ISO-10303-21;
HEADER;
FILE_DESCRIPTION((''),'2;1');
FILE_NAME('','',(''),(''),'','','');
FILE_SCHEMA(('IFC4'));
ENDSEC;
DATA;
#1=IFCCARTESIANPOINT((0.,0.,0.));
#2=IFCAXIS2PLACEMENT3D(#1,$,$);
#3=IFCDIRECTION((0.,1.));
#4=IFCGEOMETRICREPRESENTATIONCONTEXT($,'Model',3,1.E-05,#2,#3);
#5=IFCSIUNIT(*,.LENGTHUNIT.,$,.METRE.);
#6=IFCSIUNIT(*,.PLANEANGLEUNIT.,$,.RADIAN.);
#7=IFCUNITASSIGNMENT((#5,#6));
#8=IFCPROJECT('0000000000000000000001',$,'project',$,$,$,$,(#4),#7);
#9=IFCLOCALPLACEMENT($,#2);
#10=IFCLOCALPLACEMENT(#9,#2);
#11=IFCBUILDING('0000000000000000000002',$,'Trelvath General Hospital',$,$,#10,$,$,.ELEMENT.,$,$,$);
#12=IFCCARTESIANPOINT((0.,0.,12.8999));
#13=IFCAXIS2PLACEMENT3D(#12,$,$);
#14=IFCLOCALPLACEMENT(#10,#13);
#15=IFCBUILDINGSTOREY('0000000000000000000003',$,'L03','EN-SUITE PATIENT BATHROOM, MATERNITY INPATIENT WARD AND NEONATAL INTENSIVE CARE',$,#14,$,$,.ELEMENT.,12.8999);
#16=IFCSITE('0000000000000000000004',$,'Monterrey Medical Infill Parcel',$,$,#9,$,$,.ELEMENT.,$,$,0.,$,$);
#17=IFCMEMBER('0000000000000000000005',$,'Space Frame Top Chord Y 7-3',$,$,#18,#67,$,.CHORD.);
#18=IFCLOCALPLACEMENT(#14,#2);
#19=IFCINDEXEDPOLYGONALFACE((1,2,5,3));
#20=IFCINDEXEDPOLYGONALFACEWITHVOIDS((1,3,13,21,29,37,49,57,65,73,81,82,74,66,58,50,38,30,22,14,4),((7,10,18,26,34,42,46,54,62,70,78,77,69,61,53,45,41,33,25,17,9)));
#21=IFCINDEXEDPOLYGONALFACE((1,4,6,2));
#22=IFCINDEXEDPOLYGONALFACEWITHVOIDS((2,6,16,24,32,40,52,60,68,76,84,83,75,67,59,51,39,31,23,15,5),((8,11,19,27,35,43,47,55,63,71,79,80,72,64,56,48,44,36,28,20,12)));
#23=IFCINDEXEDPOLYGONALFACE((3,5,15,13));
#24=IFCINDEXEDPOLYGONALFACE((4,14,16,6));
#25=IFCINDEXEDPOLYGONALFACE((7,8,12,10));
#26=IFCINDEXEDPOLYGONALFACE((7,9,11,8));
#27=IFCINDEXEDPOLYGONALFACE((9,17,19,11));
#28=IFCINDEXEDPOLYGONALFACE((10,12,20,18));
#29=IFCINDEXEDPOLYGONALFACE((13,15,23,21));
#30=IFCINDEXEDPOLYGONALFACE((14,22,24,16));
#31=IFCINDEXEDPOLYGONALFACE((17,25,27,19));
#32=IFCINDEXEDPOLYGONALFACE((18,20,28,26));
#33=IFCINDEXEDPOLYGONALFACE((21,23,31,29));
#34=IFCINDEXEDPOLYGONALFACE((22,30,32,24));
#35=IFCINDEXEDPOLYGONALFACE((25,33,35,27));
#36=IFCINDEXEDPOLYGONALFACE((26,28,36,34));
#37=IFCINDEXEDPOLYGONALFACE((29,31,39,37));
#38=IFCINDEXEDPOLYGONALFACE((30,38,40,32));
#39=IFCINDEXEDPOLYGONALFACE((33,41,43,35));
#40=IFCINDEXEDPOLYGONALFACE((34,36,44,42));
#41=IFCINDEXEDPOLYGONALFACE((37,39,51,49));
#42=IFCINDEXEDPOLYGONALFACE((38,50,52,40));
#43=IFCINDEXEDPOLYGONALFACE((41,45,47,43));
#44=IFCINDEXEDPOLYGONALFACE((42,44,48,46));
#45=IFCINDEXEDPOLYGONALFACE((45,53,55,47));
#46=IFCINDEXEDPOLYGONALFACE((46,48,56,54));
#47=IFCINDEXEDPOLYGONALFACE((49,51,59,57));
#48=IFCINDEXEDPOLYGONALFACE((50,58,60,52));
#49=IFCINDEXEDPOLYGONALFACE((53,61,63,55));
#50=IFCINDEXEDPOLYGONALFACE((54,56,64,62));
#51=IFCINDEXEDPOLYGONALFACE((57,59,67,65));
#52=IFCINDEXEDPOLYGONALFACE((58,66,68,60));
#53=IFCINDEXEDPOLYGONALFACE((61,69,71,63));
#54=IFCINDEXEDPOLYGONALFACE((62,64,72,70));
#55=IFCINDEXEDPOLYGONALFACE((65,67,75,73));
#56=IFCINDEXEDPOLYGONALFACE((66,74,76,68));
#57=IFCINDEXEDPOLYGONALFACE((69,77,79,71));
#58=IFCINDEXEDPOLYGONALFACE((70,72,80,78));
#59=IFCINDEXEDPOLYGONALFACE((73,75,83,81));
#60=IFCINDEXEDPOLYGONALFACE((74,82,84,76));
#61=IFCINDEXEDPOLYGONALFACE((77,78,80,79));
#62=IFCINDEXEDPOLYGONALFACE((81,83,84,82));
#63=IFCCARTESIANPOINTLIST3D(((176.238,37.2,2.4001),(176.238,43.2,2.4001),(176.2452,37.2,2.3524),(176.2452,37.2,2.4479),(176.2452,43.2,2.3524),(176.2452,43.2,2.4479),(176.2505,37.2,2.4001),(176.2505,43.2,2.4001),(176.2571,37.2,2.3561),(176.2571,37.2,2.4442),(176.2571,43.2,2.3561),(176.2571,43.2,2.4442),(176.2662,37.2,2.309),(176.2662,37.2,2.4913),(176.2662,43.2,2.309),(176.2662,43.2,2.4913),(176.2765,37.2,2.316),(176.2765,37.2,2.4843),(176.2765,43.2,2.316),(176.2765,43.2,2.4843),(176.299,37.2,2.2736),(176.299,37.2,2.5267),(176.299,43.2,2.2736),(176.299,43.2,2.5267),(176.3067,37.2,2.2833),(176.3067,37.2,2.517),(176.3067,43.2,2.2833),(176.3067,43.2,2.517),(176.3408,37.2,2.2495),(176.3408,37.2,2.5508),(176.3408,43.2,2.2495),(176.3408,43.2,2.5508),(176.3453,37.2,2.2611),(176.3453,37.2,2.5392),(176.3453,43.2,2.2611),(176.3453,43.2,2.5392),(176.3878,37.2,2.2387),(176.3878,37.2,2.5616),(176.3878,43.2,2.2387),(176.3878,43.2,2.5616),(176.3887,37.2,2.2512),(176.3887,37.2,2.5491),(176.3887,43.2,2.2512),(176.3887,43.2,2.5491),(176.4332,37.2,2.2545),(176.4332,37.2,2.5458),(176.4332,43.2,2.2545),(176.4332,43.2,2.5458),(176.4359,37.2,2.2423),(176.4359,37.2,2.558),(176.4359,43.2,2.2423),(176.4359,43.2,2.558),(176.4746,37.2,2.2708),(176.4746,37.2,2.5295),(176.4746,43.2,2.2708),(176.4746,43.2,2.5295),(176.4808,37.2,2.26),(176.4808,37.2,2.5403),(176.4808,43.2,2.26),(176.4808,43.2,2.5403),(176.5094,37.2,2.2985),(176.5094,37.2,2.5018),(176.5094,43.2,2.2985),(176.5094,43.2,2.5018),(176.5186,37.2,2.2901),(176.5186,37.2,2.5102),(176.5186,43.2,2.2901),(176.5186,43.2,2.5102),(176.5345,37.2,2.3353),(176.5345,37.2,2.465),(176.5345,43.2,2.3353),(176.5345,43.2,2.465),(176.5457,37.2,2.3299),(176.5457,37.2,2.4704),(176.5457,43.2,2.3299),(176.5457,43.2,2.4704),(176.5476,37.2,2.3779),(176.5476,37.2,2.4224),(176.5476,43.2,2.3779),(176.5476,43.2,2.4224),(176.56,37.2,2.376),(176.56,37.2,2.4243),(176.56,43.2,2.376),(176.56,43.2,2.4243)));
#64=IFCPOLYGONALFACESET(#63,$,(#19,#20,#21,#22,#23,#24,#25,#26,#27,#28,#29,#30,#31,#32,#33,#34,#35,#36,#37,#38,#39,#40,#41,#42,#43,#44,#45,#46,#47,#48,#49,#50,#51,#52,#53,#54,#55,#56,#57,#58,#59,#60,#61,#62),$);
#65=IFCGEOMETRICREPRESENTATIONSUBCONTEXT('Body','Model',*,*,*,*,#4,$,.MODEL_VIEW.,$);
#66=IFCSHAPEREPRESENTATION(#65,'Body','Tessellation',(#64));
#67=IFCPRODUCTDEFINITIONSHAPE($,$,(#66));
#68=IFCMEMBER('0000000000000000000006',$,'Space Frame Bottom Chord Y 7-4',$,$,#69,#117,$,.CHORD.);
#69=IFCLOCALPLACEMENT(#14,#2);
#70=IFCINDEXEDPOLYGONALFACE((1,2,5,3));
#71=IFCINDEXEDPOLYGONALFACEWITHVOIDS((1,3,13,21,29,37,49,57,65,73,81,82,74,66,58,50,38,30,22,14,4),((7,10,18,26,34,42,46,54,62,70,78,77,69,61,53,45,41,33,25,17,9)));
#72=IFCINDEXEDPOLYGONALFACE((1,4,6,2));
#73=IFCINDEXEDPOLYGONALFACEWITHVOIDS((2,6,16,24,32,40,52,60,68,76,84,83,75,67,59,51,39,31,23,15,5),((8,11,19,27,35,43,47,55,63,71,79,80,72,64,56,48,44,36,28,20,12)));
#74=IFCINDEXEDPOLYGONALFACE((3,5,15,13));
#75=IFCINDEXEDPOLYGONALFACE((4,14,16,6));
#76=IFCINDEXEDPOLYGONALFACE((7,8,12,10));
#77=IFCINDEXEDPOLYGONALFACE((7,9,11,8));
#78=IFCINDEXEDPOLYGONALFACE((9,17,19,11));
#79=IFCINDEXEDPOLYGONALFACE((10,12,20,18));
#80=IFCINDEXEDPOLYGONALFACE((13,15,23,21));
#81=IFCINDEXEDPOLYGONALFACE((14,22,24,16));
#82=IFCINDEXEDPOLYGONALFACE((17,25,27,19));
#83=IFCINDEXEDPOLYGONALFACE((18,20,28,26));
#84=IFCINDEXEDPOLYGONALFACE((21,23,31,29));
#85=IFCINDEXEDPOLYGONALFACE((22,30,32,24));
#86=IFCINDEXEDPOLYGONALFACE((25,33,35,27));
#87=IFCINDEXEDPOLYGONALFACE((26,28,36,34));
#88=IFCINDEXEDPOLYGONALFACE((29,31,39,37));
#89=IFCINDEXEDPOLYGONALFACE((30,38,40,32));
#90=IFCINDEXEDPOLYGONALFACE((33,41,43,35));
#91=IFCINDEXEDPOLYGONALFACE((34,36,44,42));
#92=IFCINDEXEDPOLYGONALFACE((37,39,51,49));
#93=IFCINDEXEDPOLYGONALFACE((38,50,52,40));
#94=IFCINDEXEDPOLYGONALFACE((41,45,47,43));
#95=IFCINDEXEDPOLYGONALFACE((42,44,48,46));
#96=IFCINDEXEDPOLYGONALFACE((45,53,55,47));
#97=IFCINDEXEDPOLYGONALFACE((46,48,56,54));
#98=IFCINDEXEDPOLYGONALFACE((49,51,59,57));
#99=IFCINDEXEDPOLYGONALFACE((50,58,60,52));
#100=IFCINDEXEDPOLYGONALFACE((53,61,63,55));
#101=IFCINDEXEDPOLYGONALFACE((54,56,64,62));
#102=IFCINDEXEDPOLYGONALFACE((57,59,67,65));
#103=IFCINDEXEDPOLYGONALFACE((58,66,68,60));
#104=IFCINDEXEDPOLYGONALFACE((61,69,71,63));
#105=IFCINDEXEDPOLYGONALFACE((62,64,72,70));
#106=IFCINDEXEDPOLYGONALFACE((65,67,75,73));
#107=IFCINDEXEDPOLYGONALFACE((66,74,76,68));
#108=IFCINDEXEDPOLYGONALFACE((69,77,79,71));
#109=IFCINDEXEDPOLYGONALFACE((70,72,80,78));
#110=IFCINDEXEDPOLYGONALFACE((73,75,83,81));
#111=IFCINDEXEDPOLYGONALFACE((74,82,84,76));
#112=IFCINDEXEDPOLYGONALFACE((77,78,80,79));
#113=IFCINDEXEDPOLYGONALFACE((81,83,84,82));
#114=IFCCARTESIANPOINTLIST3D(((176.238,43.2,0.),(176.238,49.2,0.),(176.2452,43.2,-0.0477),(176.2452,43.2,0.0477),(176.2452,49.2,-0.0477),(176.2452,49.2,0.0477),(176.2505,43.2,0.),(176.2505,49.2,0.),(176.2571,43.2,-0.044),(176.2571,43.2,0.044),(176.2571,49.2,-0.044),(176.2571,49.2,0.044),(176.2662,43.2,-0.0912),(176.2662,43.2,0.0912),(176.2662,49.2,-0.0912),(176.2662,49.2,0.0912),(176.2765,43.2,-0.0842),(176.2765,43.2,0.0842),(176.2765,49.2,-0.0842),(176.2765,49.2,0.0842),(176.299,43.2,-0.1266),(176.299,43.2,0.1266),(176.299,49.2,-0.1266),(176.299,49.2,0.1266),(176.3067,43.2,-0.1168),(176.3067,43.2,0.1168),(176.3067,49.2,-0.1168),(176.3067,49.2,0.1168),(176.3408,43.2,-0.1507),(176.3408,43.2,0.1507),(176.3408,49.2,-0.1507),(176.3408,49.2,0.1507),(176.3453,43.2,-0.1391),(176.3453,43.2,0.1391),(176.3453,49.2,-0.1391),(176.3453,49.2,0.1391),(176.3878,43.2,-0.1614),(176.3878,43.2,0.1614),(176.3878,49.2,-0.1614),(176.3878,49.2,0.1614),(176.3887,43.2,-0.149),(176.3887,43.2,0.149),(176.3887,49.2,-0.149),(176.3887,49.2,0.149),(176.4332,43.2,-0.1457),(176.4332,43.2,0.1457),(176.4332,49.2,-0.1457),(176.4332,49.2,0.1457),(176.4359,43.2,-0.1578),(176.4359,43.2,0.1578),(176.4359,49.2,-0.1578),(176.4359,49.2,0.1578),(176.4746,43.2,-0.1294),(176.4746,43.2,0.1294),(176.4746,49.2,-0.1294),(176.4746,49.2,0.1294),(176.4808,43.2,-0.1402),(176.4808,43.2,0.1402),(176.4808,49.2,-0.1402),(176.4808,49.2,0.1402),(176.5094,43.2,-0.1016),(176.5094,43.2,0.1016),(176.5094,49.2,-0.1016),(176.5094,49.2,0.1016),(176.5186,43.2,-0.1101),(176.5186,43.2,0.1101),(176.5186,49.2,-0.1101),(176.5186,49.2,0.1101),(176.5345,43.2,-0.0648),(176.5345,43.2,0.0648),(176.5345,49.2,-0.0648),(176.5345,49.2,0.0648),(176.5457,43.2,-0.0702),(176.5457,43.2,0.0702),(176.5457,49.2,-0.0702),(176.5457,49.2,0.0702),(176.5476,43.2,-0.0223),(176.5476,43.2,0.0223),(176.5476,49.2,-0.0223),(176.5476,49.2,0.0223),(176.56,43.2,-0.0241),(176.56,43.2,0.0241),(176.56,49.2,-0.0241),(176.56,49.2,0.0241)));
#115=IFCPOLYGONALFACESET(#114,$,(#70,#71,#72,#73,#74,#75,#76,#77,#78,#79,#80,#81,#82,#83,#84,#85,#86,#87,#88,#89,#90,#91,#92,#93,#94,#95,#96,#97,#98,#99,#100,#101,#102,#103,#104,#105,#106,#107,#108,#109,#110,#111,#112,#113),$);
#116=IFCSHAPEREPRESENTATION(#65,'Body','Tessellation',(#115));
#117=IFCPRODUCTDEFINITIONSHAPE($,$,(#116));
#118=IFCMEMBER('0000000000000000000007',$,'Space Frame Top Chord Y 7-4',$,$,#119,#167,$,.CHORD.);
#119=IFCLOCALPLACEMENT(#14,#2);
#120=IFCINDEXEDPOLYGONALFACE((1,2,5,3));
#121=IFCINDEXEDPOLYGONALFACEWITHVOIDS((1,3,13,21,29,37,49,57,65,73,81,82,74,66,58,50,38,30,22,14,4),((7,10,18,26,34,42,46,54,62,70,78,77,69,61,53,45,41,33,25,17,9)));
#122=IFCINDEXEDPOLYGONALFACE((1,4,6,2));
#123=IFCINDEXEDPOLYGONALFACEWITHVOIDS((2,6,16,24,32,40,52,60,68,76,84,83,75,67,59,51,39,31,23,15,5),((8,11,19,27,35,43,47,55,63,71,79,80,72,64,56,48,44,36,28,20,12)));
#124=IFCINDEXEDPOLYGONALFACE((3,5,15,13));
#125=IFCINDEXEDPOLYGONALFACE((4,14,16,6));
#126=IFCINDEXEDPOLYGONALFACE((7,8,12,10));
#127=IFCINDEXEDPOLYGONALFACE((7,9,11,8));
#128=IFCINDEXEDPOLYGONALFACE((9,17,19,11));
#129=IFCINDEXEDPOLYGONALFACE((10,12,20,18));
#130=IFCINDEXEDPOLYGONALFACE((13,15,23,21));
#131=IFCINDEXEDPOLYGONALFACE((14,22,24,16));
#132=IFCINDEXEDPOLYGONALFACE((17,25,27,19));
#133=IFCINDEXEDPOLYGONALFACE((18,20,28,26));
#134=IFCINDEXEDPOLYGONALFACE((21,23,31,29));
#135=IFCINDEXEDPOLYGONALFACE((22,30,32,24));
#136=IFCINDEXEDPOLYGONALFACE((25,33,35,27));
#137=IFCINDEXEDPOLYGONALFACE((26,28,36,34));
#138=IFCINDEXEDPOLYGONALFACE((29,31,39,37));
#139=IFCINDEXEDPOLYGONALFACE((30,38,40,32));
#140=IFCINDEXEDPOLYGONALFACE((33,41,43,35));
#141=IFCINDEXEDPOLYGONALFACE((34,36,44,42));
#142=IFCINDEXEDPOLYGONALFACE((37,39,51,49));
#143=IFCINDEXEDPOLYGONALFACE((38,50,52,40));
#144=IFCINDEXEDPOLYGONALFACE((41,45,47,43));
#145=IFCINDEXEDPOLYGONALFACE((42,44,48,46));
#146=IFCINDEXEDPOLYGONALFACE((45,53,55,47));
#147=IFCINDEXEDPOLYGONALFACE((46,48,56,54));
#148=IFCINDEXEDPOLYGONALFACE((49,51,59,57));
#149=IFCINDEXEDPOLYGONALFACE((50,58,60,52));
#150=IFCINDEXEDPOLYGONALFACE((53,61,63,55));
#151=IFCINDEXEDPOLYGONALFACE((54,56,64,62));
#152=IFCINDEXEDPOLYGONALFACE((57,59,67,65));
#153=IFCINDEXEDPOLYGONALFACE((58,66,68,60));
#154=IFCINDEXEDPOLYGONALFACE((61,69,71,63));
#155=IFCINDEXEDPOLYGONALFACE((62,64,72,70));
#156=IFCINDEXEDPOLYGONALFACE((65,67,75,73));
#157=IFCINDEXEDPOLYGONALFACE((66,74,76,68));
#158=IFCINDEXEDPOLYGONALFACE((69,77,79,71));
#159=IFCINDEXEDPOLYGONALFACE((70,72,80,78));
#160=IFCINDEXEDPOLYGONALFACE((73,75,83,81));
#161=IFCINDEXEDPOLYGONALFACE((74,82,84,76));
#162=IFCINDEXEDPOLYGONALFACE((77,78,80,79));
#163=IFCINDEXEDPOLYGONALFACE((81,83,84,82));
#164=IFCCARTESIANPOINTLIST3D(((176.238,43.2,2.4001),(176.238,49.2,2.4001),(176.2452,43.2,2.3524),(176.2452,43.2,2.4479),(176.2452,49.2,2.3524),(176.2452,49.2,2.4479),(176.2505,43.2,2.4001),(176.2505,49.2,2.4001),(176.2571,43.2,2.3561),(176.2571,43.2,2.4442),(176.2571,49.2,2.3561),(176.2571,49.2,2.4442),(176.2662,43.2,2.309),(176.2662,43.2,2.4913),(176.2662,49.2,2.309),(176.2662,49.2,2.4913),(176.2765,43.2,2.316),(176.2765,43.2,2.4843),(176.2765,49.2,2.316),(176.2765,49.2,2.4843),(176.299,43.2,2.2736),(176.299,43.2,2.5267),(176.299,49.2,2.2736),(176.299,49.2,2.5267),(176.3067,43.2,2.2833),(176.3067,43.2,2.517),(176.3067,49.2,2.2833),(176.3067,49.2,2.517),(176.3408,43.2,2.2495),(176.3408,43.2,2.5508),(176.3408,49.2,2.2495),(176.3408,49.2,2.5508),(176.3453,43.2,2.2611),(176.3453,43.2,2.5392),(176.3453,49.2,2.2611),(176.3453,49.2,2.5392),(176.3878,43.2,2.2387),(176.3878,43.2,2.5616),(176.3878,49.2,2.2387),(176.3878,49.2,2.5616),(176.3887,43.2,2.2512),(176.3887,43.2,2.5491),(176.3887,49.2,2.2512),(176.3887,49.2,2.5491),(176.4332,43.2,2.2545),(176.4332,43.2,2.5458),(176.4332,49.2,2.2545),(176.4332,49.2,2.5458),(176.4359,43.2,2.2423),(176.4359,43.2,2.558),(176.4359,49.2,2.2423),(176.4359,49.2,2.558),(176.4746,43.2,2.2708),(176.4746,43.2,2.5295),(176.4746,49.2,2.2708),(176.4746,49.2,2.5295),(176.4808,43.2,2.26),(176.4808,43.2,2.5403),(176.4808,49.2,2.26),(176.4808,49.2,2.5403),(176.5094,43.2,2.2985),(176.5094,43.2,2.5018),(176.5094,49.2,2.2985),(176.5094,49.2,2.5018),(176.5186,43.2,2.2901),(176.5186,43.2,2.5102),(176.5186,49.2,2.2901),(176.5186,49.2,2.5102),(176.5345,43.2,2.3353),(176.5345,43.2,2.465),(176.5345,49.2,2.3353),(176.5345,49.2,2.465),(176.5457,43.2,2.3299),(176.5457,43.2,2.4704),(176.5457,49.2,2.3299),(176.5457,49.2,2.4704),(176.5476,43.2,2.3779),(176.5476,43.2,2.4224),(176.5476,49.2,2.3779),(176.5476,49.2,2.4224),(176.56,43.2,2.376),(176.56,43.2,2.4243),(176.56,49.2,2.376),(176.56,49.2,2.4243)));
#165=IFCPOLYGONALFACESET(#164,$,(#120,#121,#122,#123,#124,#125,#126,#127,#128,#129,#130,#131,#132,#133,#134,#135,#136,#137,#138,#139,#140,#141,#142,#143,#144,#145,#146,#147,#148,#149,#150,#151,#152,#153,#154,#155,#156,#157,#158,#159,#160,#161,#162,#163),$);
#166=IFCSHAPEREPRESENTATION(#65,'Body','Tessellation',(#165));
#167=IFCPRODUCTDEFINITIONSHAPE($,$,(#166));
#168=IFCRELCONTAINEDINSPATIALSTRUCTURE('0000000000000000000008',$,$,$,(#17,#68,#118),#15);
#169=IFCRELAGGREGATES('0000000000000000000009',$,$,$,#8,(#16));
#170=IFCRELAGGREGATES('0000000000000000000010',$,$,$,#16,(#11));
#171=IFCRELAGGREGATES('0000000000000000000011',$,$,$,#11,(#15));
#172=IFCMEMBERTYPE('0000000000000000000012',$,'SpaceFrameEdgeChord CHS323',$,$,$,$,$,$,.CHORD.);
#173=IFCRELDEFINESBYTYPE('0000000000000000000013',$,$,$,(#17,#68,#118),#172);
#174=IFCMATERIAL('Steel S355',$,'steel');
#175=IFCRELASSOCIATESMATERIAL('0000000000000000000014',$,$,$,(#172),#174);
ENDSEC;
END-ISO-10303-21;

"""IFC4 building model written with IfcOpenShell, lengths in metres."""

from ifc_helpers import new_model, si_unit, direction, frame, origin, origin_2d, place, context, subcontext, project, spatial, hollow_circle, extrude, material, material_profile, profile_set, type_object, element, save


model = new_model("IFC4")

# Units and contexts
model_context = context("Model", 3, precision=1e-05, world=origin(), true_north=direction((0.0, 1.0)))
body_context = subcontext(model_context, "Body", "Model", "MODEL_VIEW")
ifc_project = project(units=[si_unit("LENGTHUNIT", "METRE"), si_unit("PLANEANGLEUNIT", "RADIAN")], contexts=[model_context])

# Site, building, storey
site_placement = place(None, origin())
site = spatial("IfcSite", under=ifc_project, at=site_placement, Name="Monterrey Medical Infill Parcel", CompositionType="ELEMENT", RefElevation=0.0)
building_placement = place(site_placement, origin())
building = spatial("IfcBuilding", under=site, at=building_placement, Name="Trelvath General Hospital", CompositionType="ELEMENT")
storey_placement = place(building_placement, frame((0.0, 0.0, 12.8999)))
storey = spatial("IfcBuildingStorey", under=building, at=storey_placement, Name="L03", Description="EN-SUITE PATIENT BATHROOM, MATERNITY INPATIENT WARD AND NEONATAL INTENSIVE CARE", CompositionType="ELEMENT", Elevation=12.8999)

# Members
ifc_material_1 = material(Name="Steel S355", Category="steel")
ifc_material_profile_1 = material_profile(ifc_material_1, hollow_circle(Radius=0.1619, WallThickness=0.0125, at=origin_2d()), Name="CHS323.9x12.5")
ifc_profile_set_1 = profile_set([ifc_material_profile_1], Name="Steel S355")
member_type_1 = type_object("IfcMemberType", Name="SpaceFrameEdgeChord CHS323", PredefinedType="CHORD", material=ifc_profile_set_1)
for number, where, z_axis, x_axis, name in (
    (1, (176.3999, 37.2, 2.4001), (0.0, 1.0, 0.0), (-1.0, 0.0, 0.0), "Space Frame Top Chord Y 7-3"),
    (2, (176.3999, 43.2, 0.0), (0.0, 1.0, 0.0), (-1.0, 0.0, 0.0), "Space Frame Bottom Chord Y 7-4"),
    (3, (176.3999, 43.2, 2.4001), (0.0, 1.0, 0.0), (-1.0, 0.0, 0.0), "Space Frame Top Chord Y 7-4"),
):
    element("IfcMember", number, at=place(storey_placement, frame(where, z_axis=z_axis, x_axis=x_axis)), inside=storey, type_object=member_type_1, Name=name, PredefinedType="CHORD", context=body_context, shape_type="SweptSolid", body=[
        extrude(hollow_circle(Radius=0.1619, WallThickness=0.0125, at=origin_2d()), origin(), (0.0, 0.0, 1.0), 6.0),
    ])

save(model, "model.ifc")
